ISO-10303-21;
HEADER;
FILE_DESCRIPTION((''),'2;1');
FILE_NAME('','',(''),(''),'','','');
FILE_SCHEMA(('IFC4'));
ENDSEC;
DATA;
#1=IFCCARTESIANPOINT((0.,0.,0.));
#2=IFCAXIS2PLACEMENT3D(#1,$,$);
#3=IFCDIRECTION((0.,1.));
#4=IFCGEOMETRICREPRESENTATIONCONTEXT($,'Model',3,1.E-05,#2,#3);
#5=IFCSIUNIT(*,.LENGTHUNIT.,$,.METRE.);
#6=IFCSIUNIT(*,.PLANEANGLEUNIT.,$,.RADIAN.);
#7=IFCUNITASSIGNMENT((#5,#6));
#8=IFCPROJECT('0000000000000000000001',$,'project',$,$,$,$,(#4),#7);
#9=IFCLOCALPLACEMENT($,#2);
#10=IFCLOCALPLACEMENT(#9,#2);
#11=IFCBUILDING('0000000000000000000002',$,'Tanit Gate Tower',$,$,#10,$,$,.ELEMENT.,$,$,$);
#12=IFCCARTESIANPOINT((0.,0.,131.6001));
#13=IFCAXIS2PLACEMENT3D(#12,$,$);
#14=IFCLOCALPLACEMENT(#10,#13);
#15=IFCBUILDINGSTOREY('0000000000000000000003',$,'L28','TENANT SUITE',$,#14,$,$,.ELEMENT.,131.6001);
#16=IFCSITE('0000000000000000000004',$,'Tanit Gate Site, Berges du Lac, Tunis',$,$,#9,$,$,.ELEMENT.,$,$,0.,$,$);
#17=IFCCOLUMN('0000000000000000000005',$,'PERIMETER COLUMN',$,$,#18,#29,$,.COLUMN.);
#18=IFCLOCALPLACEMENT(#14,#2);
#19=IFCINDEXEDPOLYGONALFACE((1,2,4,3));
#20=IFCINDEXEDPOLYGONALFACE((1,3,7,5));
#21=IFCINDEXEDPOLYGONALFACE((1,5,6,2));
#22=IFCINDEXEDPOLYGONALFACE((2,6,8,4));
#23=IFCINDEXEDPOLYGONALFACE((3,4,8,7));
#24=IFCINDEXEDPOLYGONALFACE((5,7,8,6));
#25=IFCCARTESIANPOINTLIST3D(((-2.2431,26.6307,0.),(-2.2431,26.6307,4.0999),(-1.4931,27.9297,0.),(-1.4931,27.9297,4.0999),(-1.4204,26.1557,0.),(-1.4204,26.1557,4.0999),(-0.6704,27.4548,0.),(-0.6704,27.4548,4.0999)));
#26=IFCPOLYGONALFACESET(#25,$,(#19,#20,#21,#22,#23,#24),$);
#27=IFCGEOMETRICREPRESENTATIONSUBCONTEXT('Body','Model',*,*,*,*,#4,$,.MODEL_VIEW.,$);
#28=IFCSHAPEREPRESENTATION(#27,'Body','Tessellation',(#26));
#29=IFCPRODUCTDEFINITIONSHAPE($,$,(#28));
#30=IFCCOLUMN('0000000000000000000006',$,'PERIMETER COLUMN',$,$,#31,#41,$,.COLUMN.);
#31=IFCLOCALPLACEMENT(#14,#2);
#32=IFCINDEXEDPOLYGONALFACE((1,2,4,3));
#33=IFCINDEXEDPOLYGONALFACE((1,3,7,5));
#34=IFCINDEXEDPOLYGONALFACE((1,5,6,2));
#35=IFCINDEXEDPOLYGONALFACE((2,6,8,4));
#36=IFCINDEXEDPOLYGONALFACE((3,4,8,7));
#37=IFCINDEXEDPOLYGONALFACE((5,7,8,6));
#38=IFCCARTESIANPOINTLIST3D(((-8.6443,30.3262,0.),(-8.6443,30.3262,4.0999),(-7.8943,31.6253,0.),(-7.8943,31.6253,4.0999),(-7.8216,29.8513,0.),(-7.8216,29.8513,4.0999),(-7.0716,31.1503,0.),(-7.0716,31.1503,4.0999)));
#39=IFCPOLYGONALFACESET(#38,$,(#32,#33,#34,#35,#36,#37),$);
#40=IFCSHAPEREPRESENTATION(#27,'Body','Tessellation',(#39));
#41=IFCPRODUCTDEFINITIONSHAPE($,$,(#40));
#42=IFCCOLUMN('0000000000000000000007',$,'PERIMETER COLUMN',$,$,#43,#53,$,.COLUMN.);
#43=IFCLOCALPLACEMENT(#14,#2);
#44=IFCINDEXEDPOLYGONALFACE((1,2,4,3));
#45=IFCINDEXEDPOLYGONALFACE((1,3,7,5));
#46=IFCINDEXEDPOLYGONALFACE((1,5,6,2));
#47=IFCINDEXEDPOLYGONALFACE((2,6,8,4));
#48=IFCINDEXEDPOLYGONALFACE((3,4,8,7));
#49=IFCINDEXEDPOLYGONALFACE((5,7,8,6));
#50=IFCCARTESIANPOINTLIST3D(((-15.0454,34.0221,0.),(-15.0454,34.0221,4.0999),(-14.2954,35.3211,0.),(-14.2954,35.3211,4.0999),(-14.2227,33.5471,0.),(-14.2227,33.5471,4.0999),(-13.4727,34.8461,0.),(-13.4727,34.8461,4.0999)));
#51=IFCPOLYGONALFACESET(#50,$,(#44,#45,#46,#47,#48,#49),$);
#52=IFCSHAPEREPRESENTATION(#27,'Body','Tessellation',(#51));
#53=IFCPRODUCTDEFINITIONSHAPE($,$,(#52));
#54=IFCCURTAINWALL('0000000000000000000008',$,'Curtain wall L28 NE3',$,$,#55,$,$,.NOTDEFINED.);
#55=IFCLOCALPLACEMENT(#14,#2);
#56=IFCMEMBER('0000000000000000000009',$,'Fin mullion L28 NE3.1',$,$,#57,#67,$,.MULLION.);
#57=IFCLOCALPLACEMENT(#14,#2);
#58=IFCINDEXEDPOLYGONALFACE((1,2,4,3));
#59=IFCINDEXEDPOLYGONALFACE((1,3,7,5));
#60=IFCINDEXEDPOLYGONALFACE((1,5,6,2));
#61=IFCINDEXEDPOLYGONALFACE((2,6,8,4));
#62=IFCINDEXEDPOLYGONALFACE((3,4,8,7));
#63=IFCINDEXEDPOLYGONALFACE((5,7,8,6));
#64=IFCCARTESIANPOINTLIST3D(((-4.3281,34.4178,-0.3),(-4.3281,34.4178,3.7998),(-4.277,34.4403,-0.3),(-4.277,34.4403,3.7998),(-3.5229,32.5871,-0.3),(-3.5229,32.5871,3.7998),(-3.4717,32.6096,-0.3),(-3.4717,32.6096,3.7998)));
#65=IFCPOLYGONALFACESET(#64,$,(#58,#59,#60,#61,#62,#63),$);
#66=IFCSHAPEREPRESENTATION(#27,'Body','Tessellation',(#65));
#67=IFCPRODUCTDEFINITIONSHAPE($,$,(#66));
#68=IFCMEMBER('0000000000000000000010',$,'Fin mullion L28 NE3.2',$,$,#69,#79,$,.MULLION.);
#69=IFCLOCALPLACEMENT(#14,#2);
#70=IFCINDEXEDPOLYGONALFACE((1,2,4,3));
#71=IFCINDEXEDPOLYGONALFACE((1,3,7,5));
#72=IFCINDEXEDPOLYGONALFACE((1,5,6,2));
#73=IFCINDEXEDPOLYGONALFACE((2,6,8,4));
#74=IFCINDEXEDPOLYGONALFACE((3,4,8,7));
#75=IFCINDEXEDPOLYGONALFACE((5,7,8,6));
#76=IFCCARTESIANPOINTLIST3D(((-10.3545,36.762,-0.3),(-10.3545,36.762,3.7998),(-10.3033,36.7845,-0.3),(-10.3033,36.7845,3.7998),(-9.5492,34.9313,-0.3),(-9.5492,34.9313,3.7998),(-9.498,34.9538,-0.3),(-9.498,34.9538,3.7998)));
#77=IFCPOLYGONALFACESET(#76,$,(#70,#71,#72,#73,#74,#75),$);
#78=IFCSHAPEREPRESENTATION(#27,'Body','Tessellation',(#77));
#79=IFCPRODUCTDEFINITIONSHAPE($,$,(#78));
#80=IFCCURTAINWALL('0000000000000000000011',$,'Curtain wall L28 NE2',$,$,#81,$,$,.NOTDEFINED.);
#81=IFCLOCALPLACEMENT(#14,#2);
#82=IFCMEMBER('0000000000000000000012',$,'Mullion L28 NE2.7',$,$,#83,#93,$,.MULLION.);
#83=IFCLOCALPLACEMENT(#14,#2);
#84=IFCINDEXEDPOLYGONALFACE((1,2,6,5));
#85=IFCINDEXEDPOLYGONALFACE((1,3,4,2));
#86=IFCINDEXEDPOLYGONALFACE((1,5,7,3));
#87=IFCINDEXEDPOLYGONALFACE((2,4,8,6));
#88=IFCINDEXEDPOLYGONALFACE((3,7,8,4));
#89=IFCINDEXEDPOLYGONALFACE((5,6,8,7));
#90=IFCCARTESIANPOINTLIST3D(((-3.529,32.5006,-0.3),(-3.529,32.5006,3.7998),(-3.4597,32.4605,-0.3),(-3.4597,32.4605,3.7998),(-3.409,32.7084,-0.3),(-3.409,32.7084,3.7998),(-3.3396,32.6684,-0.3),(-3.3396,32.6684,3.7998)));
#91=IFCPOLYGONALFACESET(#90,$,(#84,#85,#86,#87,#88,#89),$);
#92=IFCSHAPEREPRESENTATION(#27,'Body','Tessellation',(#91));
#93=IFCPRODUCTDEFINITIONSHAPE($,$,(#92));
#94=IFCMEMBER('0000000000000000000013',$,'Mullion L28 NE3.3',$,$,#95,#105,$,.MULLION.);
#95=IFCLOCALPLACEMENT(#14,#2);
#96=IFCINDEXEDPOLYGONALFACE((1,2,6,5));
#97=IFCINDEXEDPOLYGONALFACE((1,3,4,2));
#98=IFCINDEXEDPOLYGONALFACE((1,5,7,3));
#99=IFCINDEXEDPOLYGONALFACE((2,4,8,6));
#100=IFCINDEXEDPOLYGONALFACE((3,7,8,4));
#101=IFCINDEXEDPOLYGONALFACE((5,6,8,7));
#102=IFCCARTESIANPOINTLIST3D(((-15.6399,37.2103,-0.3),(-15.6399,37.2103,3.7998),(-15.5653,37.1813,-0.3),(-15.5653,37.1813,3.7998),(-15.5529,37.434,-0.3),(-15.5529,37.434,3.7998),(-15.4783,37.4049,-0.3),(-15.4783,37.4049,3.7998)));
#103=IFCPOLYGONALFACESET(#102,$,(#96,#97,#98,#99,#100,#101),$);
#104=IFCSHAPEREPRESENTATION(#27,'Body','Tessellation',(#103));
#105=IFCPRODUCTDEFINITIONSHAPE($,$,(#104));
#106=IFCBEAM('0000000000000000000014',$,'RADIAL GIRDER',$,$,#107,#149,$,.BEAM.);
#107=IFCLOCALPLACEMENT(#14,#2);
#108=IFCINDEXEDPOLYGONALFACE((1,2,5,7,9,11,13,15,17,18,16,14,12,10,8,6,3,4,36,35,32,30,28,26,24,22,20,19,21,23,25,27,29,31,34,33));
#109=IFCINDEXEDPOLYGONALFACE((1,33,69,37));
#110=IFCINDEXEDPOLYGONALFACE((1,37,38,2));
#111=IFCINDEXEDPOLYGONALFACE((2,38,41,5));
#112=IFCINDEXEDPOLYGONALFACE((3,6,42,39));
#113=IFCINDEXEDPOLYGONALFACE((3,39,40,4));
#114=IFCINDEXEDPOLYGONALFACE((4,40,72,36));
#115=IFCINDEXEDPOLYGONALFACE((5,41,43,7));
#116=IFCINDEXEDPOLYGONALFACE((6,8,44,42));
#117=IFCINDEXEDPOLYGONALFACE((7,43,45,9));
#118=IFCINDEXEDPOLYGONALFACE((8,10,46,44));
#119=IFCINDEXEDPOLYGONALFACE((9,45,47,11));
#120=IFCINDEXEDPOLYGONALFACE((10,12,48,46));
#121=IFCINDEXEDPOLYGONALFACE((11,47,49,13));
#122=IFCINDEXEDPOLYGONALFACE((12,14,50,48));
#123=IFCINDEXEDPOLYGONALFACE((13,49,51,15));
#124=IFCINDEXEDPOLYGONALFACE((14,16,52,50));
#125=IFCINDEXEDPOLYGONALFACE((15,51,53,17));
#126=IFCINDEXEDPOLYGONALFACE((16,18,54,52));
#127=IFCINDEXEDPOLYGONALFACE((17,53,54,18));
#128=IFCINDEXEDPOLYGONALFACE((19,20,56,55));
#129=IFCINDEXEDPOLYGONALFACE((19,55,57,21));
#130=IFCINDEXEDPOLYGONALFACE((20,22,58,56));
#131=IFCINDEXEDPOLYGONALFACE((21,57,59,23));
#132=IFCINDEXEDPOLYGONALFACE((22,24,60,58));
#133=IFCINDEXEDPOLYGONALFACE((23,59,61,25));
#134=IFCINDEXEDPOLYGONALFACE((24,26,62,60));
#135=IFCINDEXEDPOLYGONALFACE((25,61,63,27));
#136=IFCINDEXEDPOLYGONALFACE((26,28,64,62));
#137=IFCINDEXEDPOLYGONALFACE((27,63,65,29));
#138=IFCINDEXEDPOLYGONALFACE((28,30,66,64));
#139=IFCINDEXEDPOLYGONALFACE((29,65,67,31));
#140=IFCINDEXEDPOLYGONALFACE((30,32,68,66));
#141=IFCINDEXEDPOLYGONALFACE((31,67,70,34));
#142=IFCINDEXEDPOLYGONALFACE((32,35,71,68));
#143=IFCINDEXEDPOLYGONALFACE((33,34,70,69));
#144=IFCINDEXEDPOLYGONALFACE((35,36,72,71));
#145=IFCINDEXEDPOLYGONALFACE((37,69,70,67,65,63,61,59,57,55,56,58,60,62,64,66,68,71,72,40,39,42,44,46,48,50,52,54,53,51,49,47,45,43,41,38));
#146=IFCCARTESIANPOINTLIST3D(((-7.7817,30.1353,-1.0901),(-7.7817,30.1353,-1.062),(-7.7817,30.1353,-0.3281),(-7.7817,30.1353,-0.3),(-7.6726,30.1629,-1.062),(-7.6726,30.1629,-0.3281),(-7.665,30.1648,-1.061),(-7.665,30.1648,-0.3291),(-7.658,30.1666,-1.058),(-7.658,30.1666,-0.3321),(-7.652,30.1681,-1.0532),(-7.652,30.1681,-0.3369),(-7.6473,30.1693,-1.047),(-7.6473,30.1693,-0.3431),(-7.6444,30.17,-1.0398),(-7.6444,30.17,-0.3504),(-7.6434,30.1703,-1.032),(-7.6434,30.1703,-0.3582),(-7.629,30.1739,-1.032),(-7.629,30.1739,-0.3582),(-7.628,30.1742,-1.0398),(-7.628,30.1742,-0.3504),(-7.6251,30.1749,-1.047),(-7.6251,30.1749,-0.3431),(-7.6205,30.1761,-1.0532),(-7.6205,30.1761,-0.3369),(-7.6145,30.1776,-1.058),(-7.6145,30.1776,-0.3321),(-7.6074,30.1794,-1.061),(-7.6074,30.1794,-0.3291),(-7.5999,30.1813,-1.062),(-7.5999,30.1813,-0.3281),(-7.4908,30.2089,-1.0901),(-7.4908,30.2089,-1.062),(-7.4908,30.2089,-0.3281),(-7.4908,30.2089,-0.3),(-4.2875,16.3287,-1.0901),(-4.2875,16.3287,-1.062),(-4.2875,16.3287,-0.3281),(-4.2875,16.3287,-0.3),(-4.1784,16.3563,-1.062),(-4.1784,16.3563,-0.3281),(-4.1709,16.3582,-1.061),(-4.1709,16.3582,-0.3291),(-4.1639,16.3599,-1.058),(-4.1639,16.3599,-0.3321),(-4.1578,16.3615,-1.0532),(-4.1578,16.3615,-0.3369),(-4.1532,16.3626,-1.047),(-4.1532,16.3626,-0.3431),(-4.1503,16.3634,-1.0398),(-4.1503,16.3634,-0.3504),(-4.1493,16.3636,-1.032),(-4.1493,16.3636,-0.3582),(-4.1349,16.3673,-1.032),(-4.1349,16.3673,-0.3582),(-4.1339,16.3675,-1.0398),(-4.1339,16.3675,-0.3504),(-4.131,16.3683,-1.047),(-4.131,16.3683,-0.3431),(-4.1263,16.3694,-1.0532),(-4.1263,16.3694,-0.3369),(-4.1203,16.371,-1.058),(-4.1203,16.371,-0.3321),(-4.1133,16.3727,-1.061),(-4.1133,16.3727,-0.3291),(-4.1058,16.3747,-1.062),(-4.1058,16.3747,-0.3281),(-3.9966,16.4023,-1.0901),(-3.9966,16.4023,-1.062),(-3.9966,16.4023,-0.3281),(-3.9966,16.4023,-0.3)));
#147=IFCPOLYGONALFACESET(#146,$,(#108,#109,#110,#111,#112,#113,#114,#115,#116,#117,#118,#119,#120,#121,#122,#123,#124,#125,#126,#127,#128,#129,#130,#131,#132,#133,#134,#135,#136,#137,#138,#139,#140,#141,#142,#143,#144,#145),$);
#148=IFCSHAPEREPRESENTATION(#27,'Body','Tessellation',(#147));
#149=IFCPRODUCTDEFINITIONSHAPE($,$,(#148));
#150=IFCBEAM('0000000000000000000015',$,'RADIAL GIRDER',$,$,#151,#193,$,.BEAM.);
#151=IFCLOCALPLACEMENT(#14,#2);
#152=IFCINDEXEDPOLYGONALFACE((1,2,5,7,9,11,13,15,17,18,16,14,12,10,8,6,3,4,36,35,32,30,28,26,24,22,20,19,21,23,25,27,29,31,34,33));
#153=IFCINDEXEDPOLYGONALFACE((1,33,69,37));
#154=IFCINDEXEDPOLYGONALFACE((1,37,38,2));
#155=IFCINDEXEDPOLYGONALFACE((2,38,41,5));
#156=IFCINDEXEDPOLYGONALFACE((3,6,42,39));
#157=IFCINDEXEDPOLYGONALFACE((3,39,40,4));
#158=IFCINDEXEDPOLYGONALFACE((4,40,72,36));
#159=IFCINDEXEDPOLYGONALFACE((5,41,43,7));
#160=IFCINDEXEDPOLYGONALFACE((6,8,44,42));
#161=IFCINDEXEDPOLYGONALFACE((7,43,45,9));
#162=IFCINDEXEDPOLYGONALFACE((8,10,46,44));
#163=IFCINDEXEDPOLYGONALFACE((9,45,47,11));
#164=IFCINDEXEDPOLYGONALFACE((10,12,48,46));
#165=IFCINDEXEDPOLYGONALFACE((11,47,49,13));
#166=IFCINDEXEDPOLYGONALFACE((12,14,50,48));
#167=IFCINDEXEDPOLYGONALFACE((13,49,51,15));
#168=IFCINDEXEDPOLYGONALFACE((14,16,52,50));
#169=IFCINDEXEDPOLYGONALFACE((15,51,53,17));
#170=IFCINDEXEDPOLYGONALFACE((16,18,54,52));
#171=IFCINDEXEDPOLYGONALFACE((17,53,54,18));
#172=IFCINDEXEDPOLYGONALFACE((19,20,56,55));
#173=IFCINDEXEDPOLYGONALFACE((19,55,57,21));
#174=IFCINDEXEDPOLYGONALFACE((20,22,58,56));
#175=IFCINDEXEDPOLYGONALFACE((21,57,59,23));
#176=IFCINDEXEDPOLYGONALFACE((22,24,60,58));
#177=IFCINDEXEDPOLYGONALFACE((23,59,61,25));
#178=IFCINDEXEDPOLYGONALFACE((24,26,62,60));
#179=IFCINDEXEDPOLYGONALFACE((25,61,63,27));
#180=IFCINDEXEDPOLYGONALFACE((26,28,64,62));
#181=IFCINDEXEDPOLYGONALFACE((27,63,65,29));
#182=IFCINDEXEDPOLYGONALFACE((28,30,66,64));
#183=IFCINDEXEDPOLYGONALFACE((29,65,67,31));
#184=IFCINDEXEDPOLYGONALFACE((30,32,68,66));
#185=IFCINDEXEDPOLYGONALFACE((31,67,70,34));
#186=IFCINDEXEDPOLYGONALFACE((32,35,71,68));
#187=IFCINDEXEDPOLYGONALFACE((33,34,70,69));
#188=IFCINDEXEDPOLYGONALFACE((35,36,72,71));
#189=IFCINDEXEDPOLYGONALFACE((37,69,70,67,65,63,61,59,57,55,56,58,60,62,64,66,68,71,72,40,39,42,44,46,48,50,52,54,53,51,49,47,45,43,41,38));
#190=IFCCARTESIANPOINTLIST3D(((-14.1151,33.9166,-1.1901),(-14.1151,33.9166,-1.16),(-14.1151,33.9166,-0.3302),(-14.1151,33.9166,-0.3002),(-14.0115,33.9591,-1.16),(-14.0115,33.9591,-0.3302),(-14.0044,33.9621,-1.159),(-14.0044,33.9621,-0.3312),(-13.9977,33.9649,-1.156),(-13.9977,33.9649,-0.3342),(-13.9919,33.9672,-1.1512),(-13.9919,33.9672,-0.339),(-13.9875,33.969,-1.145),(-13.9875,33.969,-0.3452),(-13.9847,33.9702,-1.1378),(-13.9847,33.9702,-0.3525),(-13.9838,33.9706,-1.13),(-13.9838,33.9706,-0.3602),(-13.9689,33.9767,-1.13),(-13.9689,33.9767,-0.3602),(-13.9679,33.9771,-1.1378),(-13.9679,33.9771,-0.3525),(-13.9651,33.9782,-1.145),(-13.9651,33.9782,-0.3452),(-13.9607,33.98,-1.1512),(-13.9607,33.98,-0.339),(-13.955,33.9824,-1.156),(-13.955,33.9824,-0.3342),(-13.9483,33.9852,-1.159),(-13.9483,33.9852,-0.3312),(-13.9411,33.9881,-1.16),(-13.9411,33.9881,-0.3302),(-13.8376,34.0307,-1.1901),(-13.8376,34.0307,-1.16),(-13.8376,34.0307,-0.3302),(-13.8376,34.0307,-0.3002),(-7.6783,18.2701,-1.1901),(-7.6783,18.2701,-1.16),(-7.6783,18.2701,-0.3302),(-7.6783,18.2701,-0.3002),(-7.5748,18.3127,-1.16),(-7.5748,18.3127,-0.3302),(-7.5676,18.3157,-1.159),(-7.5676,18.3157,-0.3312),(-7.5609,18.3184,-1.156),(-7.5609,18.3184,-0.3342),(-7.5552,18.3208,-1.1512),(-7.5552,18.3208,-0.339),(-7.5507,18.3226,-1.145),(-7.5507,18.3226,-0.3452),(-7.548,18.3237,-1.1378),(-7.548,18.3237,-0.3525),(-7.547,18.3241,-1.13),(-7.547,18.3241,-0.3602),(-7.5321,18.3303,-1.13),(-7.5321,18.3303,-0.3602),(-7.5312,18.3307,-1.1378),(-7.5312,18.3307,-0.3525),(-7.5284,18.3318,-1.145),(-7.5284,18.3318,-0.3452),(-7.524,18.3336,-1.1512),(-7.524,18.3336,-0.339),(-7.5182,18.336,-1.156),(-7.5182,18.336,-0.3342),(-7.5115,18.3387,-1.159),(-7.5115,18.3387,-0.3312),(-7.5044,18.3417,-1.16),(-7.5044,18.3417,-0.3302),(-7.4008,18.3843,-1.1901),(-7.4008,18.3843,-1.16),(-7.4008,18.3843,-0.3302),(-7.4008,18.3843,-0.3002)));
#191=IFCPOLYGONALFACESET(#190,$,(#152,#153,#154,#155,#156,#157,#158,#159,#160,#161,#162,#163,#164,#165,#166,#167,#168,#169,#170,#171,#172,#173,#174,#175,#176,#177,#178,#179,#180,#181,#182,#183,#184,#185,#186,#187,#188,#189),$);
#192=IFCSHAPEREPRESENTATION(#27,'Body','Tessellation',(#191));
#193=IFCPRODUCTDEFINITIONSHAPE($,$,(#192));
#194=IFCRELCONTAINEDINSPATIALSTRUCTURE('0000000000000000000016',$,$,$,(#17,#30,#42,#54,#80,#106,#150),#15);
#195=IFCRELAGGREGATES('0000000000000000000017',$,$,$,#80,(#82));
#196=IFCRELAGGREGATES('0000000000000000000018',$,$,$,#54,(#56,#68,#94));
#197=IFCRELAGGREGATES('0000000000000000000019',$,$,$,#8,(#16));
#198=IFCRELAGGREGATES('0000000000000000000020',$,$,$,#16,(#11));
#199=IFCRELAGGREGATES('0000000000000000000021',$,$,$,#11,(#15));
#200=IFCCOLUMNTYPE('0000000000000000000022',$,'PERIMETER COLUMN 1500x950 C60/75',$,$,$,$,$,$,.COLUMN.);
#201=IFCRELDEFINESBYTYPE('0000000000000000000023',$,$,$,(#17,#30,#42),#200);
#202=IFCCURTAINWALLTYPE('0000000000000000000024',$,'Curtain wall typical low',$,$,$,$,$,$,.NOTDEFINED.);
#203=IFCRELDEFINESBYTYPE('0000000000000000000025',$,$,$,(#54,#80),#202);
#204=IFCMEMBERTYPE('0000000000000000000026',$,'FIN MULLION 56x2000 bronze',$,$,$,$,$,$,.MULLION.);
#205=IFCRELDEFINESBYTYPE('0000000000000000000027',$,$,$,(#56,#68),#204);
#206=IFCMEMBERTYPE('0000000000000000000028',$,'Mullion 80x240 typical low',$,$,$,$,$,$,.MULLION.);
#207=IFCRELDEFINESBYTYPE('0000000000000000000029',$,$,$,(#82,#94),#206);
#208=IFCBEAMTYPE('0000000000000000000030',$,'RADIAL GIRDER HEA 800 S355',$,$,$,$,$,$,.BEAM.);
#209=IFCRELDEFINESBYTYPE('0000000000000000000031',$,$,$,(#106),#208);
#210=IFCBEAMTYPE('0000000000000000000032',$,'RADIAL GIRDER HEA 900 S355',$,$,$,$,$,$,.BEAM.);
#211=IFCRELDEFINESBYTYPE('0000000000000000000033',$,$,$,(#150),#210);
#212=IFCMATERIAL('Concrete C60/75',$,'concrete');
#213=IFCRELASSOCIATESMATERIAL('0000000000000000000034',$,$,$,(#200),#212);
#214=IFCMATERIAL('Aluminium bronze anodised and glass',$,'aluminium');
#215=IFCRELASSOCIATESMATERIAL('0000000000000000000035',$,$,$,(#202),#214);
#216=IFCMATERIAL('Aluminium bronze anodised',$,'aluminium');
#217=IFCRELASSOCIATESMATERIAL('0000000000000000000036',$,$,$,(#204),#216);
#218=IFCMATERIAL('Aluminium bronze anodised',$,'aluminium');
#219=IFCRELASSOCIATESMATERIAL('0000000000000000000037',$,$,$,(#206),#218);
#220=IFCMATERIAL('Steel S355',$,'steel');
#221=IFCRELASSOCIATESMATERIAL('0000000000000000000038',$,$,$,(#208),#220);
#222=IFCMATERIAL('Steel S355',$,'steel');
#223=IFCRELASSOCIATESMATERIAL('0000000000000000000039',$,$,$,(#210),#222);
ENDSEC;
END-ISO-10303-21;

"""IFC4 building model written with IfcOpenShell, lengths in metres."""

from ifc_helpers import new_model, si_unit, direction, frame, origin, origin_2d, place, context, subcontext, project, spatial, rectangle, i_section, extrude, material, material_profile, profile_set, type_object, element, aggregate, save


model = new_model("IFC4")

# Units and contexts
model_context = context("Model", 3, precision=1e-05, world=origin(), true_north=direction((0.0, 1.0)))
body_context = subcontext(model_context, "Body", "Model", "MODEL_VIEW")
ifc_project = project(units=[si_unit("LENGTHUNIT", "METRE"), si_unit("PLANEANGLEUNIT", "RADIAN")], contexts=[model_context])

# Site, building, storey
site_placement = place(None, origin())
site = spatial("IfcSite", under=ifc_project, at=site_placement, Name="Tanit Gate Site, Berges du Lac, Tunis", CompositionType="ELEMENT", RefElevation=0.0)
building_placement = place(site_placement, origin())
building = spatial("IfcBuilding", under=site, at=building_placement, Name="Tanit Gate Tower", CompositionType="ELEMENT")
storey_placement = place(building_placement, frame((0.0, 0.0, 131.6001)))
storey = spatial("IfcBuildingStorey", under=building, at=storey_placement, Name="L28", Description="TENANT SUITE", CompositionType="ELEMENT", Elevation=131.6001)

# Columns
ifc_material_1 = material(Name="Concrete C60/75", Category="concrete")
ifc_material_profile_1 = material_profile(ifc_material_1, rectangle(XDim=1.5, YDim=0.95, at=origin_2d()), Name="RC 1500x950")
ifc_profile_set_1 = profile_set([ifc_material_profile_1], Name="Concrete C60/75")
column_type = type_object("IfcColumnType", Name="PERIMETER COLUMN 1500x950 C60/75", PredefinedType="COLUMN", material=ifc_profile_set_1)
for number, where, z_axis, x_axis, name in (
    (1, (-1.4568, 27.0427, 0.0), (0.0, 0.0, 1.0), (0.5, 0.866025, 0.0), "PERIMETER COLUMN"),
    (2, (-7.8579, 30.7383, 0.0), (0.0, 0.0, 1.0), (0.5, 0.866025, 0.0), "PERIMETER COLUMN"),
    (3, (-14.259, 34.4341, 0.0), (0.0, 0.0, 1.0), (0.5, 0.866025, 0.0), "PERIMETER COLUMN"),
):
    element("IfcColumn", number, at=place(storey_placement, frame(where, z_axis=z_axis, x_axis=x_axis)), inside=storey, type_object=column_type, Name=name, PredefinedType="COLUMN", context=body_context, shape_type="SweptSolid", body=[
        extrude(rectangle(XDim=1.5, YDim=0.95, at=origin_2d()), origin(), (0.0, 0.0, 1.0), 4.0999),
    ])

# Curtain wall, members
ifc_material_2 = material(Name="Aluminium bronze anodised and glass", Category="aluminium")
curtain_wall_type = type_object("IfcCurtainWallType", Name="Curtain wall typical low", PredefinedType="NOTDEFINED", material=ifc_material_2)
curtain_wall_1_placement = place(storey_placement, origin())
curtain_wall_1 = element("IfcCurtainWall", 4, at=curtain_wall_1_placement, inside=storey, type_object=curtain_wall_type, Name="Curtain wall L28 NE3", PredefinedType="NOTDEFINED")
ifc_material_3 = material(Name="Aluminium bronze anodised", Category="aluminium")
ifc_material_profile_2 = material_profile(ifc_material_3, rectangle(XDim=2.0, YDim=0.0559, at=origin_2d()), Name="56x2000 bronze fin mullion")
ifc_profile_set_2 = profile_set([ifc_material_profile_2], Name="Aluminium bronze anodised")
member_type_1 = type_object("IfcMemberType", Name="FIN MULLION 56x2000 bronze", PredefinedType="MULLION", material=ifc_profile_set_2)
member_1_placement = place(storey_placement, frame((-3.8999, 33.5137, -0.3), z_axis=(0.0, 0.0, 1.0), x_axis=(0.40264, -0.915359, 0.0)))
member_1 = element("IfcMember", 5, at=member_1_placement, type_object=member_type_1, Name="Fin mullion L28 NE3.1", PredefinedType="MULLION", context=body_context, shape_type="SweptSolid", body=[
    extrude(rectangle(XDim=2.0, YDim=0.0559, at=origin_2d()), origin(), (0.0, 0.0, 1.0), 4.0999),
])
member_2_placement = place(storey_placement, frame((-9.9263, 35.8579, -0.3), z_axis=(0.0, 0.0, 1.0), x_axis=(0.40264, -0.915359, 0.0)))
member_2 = element("IfcMember", 6, at=member_2_placement, type_object=member_type_1, Name="Fin mullion L28 NE3.2", PredefinedType="MULLION", context=body_context, shape_type="SweptSolid", body=[
    extrude(rectangle(XDim=2.0, YDim=0.0559, at=origin_2d()), origin(), (0.0, 0.0, 1.0), 4.0999),
])

# Curtain wall, member
curtain_wall_2_placement = place(storey_placement, origin())
curtain_wall_2 = element("IfcCurtainWall", 7, at=curtain_wall_2_placement, inside=storey, type_object=curtain_wall_type, Name="Curtain wall L28 NE2", PredefinedType="NOTDEFINED")
ifc_material_4 = material(Name="Aluminium bronze anodised", Category="aluminium")
ifc_material_profile_3 = material_profile(ifc_material_4, rectangle(XDim=0.24, YDim=0.0801, at=origin_2d()), Name="80x240 bronze mullion")
ifc_profile_set_3 = profile_set([ifc_material_profile_3], Name="Aluminium bronze anodised")
member_type_2 = type_object("IfcMemberType", Name="Mullion 80x240 typical low", PredefinedType="MULLION", material=ifc_profile_set_3)
member_3_placement = place(storey_placement, frame((-3.4343, 32.5845, -0.3), z_axis=(0.0, 0.0, 1.0), x_axis=(-0.50006, -0.865991, 0.0)))
member_3 = element("IfcMember", 8, at=member_3_placement, type_object=member_type_2, Name="Mullion L28 NE2.7", PredefinedType="MULLION", context=body_context, shape_type="SweptSolid", body=[
    extrude(rectangle(XDim=0.24, YDim=0.0801, at=origin_2d()), origin(), (0.0, 0.0, 1.0), 4.0999),
])
aggregate(curtain_wall_2, [member_3])

# Member
member_4_placement = place(storey_placement, frame((-15.5591, 37.3076, -0.3), z_axis=(0.0, 0.0, 1.0), x_axis=(-0.362547, -0.931965, 0.0)))
member_4 = element("IfcMember", 9, at=member_4_placement, type_object=member_type_2, Name="Mullion L28 NE3.3", PredefinedType="MULLION", context=body_context, shape_type="SweptSolid", body=[
    extrude(rectangle(XDim=0.24, YDim=0.0801, at=origin_2d()), origin(), (0.0, 0.0, 1.0), 4.0999),
])

# Beams
ifc_material_5 = material(Name="Steel S355", Category="steel")
ifc_material_profile_4 = material_profile(ifc_material_5, i_section(OverallWidth=0.3, OverallDepth=0.79, WebThickness=0.0149, FlangeThickness=0.0281, FilletRadius=0.03, at=origin_2d()), Name="HEA 800")
ifc_profile_set_4 = profile_set([ifc_material_profile_4], Name="Steel S355")
beam_type_1 = type_object("IfcBeamType", Name="RADIAL GIRDER HEA 800 S355", PredefinedType="BEAM", material=ifc_profile_set_4)
beam_1_placement = place(storey_placement, frame((-7.6362, 30.1721, -0.6951), z_axis=(0.245342, -0.969437, 0.0), x_axis=(0.969437, 0.245342, 0.0)))
element("IfcBeam", 10, at=beam_1_placement, inside=storey, type_object=beam_type_1, Name="RADIAL GIRDER", PredefinedType="BEAM", context=body_context, shape_type="SweptSolid", body=[
    extrude(i_section(OverallWidth=0.3, OverallDepth=0.79, WebThickness=0.0149, FlangeThickness=0.0281, FilletRadius=0.03, at=origin_2d()), origin(), (0.0, 0.0, 1.0), 14.2419),
])
ifc_material_6 = material(Name="Steel S355", Category="steel")
ifc_material_profile_5 = material_profile(ifc_material_6, i_section(OverallWidth=0.3, OverallDepth=0.8899, WebThickness=0.0161, FlangeThickness=0.03, FilletRadius=0.03, at=origin_2d()), Name="HEA 900")
ifc_profile_set_5 = profile_set([ifc_material_profile_5], Name="Steel S355")
beam_type_2 = type_object("IfcBeamType", Name="RADIAL GIRDER HEA 900 S355", PredefinedType="BEAM", material=ifc_profile_set_5)
beam_2_placement = place(storey_placement, frame((-13.9763, 33.9736, -0.7451), z_axis=(0.380451, -0.924801, 0.0), x_axis=(0.924801, 0.380451, 0.0)))
element("IfcBeam", 11, at=beam_2_placement, inside=storey, type_object=beam_type_2, Name="RADIAL GIRDER", PredefinedType="BEAM", context=body_context, shape_type="SweptSolid", body=[
    extrude(i_section(OverallWidth=0.3, OverallDepth=0.8899, WebThickness=0.0161, FlangeThickness=0.03, FilletRadius=0.03, at=origin_2d()), origin(), (0.0, 0.0, 1.0), 16.9187),
])

aggregate(curtain_wall_1, [member_1, member_2, member_4])

save(model, "model.ifc")
